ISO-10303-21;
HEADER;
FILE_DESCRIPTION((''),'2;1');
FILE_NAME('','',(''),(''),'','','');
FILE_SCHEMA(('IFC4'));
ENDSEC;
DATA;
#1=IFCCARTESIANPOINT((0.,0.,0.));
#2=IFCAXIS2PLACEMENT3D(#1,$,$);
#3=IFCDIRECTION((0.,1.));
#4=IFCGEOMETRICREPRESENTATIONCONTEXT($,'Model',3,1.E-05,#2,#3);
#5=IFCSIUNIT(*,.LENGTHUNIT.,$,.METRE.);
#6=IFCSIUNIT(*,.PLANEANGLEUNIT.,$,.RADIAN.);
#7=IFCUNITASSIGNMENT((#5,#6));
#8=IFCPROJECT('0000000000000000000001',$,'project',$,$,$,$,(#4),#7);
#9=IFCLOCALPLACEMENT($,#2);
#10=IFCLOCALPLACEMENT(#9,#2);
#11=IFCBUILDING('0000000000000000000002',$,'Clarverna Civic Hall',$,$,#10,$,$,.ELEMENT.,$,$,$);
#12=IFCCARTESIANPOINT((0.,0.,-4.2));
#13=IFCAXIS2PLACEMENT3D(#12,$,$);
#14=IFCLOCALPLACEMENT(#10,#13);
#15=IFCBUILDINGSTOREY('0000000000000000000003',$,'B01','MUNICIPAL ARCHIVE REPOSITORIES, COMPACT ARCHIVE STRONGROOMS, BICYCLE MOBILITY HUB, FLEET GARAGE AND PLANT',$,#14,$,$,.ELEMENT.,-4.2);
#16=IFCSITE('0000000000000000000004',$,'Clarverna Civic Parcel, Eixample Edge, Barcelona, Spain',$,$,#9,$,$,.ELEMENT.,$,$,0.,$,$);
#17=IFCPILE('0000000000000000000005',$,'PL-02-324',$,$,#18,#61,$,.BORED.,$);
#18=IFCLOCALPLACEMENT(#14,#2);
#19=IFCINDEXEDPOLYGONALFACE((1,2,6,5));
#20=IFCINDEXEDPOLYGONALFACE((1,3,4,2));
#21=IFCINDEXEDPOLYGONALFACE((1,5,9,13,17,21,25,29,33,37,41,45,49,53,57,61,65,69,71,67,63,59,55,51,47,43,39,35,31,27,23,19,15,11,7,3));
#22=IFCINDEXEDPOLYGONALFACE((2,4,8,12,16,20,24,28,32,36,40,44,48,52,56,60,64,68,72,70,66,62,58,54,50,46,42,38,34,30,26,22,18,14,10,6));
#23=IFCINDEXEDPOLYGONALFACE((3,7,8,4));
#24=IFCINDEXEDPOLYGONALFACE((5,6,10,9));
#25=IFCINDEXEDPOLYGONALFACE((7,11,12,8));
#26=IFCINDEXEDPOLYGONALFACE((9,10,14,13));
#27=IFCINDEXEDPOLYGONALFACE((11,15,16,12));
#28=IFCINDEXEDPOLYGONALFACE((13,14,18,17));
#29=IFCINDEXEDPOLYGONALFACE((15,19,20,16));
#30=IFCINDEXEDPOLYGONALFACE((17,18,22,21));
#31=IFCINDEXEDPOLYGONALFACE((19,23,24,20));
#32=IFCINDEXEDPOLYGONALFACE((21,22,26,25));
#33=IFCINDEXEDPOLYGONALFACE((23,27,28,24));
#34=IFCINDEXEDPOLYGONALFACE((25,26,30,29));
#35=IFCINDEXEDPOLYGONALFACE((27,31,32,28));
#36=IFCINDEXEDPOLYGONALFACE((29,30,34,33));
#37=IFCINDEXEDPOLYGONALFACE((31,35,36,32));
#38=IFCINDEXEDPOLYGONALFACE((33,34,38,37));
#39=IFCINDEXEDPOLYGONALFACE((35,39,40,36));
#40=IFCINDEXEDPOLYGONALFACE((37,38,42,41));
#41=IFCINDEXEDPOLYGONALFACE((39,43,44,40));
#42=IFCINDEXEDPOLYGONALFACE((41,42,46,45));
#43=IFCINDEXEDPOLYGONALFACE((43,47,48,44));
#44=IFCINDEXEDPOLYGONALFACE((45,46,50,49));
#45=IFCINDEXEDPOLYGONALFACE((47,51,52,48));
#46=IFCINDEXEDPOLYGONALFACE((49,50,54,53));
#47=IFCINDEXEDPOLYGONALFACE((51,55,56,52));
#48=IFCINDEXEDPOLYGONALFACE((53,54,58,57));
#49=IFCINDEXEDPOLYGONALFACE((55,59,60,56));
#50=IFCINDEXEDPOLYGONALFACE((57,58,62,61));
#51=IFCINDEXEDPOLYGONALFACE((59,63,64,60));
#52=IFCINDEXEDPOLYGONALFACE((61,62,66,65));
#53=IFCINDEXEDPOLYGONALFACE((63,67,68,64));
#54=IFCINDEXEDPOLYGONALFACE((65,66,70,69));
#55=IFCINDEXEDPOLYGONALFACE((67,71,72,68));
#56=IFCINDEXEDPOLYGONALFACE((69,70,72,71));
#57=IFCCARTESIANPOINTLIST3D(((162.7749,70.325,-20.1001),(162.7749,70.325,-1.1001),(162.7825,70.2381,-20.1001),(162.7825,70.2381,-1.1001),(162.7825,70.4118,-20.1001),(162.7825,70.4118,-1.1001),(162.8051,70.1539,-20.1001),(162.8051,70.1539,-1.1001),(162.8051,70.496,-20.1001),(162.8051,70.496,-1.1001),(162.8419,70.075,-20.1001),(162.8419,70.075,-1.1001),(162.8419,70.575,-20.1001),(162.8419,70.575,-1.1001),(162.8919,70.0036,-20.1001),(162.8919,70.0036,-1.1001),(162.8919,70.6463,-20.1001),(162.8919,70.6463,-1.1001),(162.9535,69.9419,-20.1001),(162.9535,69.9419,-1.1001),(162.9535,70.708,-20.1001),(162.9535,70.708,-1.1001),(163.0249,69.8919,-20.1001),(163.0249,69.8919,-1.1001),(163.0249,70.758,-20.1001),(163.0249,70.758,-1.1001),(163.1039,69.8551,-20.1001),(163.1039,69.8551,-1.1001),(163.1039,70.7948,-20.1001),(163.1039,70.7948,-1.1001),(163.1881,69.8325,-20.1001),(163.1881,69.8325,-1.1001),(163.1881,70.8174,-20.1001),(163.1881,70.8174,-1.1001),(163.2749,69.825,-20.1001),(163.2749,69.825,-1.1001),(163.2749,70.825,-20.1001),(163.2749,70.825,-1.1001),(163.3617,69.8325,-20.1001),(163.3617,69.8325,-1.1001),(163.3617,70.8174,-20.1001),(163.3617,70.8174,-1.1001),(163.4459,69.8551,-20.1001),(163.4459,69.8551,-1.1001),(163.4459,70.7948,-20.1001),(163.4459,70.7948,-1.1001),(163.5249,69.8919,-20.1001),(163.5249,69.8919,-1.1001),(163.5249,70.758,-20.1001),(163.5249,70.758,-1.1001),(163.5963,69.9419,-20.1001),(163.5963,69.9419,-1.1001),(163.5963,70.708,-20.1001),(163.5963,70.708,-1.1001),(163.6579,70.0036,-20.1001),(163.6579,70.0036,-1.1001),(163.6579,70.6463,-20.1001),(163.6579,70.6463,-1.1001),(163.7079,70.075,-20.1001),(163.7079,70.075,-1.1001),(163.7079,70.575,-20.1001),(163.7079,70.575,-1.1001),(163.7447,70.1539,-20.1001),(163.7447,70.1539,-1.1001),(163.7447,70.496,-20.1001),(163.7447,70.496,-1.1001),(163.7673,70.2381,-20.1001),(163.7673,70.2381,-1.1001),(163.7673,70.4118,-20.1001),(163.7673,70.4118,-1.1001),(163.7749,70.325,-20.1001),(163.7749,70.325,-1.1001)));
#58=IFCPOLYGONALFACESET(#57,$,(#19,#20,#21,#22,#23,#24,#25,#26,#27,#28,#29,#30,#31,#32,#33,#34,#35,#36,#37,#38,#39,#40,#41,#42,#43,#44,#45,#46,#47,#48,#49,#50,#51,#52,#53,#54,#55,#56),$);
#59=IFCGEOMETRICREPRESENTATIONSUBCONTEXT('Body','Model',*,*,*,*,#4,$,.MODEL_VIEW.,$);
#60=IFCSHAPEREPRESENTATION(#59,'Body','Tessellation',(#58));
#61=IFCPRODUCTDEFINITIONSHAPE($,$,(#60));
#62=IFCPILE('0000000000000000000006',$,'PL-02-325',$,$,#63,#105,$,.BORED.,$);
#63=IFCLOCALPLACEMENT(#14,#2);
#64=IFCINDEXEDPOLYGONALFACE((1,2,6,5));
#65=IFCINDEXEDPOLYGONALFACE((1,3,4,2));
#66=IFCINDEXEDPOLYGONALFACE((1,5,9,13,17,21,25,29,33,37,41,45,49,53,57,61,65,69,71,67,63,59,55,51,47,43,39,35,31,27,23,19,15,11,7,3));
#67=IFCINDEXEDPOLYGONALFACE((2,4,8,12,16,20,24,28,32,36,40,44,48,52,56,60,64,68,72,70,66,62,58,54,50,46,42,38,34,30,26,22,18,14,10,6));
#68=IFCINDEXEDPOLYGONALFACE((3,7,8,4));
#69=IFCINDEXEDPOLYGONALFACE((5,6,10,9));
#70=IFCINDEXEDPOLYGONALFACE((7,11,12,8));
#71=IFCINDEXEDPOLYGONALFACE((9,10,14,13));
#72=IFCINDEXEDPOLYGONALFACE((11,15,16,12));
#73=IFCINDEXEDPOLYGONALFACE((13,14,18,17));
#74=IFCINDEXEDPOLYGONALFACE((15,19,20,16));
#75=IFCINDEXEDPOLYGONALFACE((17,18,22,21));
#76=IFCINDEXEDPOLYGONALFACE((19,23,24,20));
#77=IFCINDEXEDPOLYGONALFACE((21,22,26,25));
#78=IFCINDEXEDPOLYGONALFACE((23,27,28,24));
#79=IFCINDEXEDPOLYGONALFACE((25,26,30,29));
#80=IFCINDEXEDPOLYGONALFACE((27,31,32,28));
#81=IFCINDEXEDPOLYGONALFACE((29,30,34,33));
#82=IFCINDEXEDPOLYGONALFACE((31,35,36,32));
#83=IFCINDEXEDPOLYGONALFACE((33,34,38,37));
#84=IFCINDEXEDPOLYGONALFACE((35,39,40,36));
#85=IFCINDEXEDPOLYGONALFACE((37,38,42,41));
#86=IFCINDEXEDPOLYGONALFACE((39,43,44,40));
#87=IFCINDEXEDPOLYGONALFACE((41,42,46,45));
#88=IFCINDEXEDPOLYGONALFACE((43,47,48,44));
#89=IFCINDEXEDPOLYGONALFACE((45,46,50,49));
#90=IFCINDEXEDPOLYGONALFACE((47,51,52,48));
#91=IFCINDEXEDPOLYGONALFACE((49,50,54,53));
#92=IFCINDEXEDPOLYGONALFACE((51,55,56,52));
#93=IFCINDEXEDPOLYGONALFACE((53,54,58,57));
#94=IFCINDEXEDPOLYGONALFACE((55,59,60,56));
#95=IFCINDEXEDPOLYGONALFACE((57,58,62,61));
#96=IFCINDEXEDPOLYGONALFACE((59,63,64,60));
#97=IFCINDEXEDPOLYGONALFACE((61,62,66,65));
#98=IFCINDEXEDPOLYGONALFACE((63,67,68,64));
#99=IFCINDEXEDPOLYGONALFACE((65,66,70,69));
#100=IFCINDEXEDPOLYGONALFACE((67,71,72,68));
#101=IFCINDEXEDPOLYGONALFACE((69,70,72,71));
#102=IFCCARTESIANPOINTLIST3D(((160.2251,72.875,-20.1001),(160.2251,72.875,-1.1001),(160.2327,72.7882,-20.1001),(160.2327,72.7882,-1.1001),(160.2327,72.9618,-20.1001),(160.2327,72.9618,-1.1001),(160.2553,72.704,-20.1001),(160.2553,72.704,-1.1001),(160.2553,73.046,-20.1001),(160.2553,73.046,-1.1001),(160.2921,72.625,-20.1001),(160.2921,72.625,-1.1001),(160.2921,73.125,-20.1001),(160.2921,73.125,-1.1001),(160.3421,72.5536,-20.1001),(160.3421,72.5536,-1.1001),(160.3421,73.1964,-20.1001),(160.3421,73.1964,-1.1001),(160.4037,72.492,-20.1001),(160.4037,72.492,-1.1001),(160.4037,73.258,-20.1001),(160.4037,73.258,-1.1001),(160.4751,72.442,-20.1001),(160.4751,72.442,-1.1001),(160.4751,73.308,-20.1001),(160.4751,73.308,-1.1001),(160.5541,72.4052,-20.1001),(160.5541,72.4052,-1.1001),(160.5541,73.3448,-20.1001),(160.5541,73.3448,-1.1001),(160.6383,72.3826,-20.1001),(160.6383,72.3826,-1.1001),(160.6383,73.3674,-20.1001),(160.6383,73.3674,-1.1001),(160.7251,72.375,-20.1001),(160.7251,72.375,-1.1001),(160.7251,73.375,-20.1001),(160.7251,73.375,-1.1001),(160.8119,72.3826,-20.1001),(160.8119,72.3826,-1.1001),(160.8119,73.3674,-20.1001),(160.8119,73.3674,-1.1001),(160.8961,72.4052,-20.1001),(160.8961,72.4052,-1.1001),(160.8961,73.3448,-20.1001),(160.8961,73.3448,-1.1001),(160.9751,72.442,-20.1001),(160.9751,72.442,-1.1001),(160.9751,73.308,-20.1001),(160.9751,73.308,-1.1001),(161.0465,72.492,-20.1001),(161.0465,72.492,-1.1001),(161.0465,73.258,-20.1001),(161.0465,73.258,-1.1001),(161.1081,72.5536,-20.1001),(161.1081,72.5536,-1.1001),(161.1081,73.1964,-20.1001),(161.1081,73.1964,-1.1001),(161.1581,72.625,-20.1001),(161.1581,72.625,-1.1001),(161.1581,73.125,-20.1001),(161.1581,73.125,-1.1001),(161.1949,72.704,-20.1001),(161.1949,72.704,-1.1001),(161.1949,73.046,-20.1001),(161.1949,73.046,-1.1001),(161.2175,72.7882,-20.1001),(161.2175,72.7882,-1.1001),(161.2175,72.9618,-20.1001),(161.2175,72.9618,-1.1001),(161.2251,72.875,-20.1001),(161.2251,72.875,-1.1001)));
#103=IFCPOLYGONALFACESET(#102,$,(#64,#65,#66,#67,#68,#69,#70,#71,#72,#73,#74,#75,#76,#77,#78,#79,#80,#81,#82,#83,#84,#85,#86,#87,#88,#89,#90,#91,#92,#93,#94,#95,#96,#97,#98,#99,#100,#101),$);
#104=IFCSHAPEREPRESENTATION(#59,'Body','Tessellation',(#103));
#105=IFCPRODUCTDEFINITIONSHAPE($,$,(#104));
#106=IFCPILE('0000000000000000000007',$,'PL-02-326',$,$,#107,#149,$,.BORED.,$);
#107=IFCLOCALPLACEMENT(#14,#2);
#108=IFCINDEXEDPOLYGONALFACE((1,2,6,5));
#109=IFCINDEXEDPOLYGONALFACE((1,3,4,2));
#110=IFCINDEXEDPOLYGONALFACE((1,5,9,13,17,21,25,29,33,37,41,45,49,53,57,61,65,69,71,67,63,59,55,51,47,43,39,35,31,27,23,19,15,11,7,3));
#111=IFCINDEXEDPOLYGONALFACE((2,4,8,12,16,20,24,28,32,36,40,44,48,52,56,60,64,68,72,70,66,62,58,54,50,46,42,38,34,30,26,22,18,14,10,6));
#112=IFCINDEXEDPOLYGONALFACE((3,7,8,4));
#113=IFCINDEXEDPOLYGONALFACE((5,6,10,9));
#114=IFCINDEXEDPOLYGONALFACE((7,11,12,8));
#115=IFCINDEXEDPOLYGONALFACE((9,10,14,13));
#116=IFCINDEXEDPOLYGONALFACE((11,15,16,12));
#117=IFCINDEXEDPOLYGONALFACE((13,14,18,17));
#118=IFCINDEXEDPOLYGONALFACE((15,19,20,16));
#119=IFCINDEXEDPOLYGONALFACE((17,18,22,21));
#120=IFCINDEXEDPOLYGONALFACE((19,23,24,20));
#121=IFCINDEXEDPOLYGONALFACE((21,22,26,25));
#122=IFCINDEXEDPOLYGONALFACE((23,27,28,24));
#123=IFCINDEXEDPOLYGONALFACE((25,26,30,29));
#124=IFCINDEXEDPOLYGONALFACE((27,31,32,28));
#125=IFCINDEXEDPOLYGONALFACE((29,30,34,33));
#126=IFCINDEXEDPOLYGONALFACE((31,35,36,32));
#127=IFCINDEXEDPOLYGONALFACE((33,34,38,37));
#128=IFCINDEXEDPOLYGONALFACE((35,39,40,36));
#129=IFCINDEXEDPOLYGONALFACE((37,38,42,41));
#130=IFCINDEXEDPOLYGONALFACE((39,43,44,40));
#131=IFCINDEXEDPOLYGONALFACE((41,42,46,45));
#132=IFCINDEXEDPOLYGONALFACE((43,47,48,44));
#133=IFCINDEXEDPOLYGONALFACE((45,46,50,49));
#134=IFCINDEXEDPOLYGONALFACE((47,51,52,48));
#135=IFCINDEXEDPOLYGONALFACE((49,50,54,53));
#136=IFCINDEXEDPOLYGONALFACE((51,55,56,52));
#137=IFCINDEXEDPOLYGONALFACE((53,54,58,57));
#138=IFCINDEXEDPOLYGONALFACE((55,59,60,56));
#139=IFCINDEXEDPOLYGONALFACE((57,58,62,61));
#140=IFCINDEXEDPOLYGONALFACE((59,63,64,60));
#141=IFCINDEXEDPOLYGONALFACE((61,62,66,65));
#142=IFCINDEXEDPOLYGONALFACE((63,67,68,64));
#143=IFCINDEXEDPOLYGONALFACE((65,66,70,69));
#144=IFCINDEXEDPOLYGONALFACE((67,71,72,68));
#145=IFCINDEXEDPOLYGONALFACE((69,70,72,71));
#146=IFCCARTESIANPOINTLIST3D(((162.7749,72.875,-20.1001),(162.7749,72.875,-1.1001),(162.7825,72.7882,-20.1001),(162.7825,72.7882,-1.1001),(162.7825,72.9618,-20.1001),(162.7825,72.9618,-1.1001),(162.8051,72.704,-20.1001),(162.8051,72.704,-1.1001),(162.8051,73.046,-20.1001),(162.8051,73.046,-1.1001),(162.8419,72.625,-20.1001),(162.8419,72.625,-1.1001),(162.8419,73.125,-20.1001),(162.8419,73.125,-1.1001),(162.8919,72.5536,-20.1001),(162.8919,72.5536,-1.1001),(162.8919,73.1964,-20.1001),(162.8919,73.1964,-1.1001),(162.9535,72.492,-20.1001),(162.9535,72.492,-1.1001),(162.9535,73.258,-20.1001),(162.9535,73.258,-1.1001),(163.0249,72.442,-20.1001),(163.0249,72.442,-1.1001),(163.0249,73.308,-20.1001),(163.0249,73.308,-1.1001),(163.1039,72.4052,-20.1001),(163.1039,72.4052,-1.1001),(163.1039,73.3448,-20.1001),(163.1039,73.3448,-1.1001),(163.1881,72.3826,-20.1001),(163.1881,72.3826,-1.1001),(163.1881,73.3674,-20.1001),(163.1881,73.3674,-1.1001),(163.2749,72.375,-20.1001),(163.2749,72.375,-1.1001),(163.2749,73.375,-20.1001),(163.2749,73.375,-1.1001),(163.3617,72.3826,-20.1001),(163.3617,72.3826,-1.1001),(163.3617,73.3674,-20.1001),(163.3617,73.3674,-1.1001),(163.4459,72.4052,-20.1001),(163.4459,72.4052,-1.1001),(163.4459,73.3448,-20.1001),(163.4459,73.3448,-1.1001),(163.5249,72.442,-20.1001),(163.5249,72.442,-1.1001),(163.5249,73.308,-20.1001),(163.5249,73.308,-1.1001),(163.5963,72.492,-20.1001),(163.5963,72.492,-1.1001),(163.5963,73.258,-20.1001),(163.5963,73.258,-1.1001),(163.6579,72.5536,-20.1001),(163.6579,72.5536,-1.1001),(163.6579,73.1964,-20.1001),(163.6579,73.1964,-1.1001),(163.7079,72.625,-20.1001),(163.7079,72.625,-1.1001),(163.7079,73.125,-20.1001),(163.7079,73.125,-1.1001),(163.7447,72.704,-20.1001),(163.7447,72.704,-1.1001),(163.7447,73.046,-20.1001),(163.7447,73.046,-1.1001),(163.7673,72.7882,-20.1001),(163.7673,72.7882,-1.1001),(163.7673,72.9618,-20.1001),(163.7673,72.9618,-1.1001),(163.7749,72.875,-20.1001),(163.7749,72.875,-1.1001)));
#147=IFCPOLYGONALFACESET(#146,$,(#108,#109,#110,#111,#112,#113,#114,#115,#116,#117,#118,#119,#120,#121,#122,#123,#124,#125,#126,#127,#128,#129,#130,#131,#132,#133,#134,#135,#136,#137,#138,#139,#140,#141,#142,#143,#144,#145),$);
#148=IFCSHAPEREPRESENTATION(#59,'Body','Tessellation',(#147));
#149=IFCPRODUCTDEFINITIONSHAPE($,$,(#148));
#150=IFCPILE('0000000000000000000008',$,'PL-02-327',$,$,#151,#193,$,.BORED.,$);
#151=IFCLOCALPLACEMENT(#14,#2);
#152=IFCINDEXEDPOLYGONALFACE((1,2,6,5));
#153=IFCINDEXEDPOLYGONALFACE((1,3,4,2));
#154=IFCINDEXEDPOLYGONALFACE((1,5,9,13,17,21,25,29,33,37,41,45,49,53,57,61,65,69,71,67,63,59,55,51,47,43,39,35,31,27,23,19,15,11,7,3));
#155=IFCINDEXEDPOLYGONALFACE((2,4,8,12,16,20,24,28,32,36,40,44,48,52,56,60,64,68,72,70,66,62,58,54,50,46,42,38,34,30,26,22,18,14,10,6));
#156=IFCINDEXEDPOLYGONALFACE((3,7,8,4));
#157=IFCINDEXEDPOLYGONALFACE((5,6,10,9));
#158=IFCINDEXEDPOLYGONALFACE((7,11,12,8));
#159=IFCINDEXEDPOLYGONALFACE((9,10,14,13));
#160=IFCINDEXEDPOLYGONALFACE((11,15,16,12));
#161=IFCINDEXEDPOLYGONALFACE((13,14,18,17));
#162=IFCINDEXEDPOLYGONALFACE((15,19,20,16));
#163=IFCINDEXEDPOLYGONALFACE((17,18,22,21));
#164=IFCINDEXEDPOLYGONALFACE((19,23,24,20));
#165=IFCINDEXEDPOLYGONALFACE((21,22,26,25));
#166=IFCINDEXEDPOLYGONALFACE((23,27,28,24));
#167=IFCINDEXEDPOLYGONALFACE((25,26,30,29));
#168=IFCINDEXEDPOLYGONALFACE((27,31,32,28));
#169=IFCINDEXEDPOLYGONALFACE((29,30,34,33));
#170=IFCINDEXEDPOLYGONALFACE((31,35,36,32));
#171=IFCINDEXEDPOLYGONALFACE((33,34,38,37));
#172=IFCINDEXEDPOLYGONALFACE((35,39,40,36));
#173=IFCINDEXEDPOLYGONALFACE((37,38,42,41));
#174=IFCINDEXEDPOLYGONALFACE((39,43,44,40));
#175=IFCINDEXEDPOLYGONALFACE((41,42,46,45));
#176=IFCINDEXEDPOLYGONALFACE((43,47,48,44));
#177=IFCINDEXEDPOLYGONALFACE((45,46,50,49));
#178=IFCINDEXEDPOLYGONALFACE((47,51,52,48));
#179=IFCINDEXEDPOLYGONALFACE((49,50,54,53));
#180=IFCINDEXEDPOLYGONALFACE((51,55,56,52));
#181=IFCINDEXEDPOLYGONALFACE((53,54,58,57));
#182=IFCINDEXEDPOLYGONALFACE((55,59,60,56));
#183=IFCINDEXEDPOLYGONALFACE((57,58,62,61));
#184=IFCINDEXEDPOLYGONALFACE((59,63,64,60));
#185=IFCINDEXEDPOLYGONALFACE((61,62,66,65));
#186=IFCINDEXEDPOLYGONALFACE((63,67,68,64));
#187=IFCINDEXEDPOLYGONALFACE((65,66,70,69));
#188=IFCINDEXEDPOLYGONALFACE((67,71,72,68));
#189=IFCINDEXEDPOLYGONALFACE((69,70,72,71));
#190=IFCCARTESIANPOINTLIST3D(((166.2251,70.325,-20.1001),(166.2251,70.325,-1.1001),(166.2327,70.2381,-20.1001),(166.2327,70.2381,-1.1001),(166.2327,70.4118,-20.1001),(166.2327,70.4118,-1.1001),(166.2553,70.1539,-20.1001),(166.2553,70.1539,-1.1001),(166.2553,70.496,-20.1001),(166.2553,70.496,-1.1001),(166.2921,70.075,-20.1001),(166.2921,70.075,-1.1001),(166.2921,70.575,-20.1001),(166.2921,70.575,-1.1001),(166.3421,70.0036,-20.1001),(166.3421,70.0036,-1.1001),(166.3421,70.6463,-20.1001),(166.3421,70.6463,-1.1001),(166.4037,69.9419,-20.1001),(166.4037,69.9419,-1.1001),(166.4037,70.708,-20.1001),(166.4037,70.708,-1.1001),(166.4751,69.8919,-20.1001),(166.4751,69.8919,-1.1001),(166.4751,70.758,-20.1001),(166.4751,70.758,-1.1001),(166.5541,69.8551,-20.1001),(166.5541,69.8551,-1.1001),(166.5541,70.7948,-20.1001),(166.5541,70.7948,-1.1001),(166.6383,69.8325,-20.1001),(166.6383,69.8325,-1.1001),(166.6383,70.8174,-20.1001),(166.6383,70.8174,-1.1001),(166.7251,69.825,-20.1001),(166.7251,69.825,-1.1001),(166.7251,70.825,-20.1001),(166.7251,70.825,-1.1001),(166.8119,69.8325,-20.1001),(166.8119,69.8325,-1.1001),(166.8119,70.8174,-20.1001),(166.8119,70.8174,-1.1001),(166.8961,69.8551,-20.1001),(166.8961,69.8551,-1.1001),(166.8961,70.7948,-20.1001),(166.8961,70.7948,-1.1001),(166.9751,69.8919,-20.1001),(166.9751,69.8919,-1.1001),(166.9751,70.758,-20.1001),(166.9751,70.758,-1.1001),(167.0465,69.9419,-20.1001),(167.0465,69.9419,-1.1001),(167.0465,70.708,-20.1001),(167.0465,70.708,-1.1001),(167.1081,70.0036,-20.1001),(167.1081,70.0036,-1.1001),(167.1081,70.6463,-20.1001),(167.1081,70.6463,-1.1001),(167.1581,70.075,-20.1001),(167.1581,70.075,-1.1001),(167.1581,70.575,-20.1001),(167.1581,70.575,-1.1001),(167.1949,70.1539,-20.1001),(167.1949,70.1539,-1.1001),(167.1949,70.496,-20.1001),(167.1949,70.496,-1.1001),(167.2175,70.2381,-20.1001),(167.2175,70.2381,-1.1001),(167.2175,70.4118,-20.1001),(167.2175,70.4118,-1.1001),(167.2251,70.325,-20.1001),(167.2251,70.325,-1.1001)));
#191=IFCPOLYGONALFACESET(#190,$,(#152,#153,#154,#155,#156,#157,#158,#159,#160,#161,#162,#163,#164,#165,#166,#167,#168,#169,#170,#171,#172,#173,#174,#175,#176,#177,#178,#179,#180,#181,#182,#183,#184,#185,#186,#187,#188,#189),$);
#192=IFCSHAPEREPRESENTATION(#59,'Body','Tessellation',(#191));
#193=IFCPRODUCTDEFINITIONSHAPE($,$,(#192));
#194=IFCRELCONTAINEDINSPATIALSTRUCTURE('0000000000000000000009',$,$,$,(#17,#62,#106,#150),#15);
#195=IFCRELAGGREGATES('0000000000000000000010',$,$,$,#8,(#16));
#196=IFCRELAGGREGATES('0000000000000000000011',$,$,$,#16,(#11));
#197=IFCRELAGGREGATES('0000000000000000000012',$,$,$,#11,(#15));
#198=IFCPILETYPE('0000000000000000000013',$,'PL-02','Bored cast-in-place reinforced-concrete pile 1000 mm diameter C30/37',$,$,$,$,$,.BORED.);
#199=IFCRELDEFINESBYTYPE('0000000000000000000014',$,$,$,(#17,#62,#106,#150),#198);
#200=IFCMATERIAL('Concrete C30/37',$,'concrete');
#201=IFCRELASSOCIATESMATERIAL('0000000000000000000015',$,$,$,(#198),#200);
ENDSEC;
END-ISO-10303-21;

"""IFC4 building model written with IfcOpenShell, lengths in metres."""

from ifc_helpers import new_model, si_unit, direction, frame, origin, origin_2d, place, context, subcontext, project, spatial, circle, extrude, material, material_profile, profile_set, type_object, element, save


model = new_model("IFC4")

# Units and contexts
model_context = context("Model", 3, precision=1e-05, world=origin(), true_north=direction((0.0, 1.0)))
body_context = subcontext(model_context, "Body", "Model", "MODEL_VIEW")
ifc_project = project(units=[si_unit("LENGTHUNIT", "METRE"), si_unit("PLANEANGLEUNIT", "RADIAN")], contexts=[model_context])

# Site, building, storey
site_placement = place(None, origin())
site = spatial("IfcSite", under=ifc_project, at=site_placement, Name="Clarverna Civic Parcel, Eixample Edge, Barcelona, Spain", CompositionType="ELEMENT", RefElevation=0.0)
building_placement = place(site_placement, origin())
building = spatial("IfcBuilding", under=site, at=building_placement, Name="Clarverna Civic Hall", CompositionType="ELEMENT")
storey_placement = place(building_placement, frame((0.0, 0.0, -4.2)))
storey = spatial("IfcBuildingStorey", under=building, at=storey_placement, Name="B01", Description="MUNICIPAL ARCHIVE REPOSITORIES, COMPACT ARCHIVE STRONGROOMS, BICYCLE MOBILITY HUB, FLEET GARAGE AND PLANT", CompositionType="ELEMENT", Elevation=-4.2)

# Shared definitions
ifc_material_1 = material(Name="Concrete C30/37", Category="concrete")

# Piles
ifc_material_profile_1 = material_profile(ifc_material_1, circle(Radius=0.5, at=origin_2d()), Name="BORED PILE D1000")
ifc_profile_set_1 = profile_set([ifc_material_profile_1], Name="Concrete C30/37")
pile_type_1 = type_object("IfcPileType", Name="PL-02", Description="Bored cast-in-place reinforced-concrete pile 1000 mm diameter C30/37", PredefinedType="BORED", material=ifc_profile_set_1)
for number, where, z_axis, x_axis, name in (
    (1, (163.2749, 70.325, -1.1001), (0.0, 0.0, -1.0), (1.0, 0.0, 0.0), "PL-02-324"),
    (2, (160.7251, 72.875, -1.1001), (0.0, 0.0, -1.0), (1.0, 0.0, 0.0), "PL-02-325"),
    (3, (163.2749, 72.875, -1.1001), (0.0, 0.0, -1.0), (1.0, 0.0, 0.0), "PL-02-326"),
    (4, (166.7251, 70.325, -1.1001), (0.0, 0.0, -1.0), (1.0, 0.0, 0.0), "PL-02-327"),
):
    element("IfcPile", number, at=place(storey_placement, frame(where, z_axis=z_axis, x_axis=x_axis)), inside=storey, type_object=pile_type_1, Name=name, PredefinedType="BORED", context=body_context, shape_type="SweptSolid", body=[
        extrude(circle(Radius=0.5, at=origin_2d()), origin(), (0.0, 0.0, 1.0), 19.0),
    ])

save(model, "model.ifc")
